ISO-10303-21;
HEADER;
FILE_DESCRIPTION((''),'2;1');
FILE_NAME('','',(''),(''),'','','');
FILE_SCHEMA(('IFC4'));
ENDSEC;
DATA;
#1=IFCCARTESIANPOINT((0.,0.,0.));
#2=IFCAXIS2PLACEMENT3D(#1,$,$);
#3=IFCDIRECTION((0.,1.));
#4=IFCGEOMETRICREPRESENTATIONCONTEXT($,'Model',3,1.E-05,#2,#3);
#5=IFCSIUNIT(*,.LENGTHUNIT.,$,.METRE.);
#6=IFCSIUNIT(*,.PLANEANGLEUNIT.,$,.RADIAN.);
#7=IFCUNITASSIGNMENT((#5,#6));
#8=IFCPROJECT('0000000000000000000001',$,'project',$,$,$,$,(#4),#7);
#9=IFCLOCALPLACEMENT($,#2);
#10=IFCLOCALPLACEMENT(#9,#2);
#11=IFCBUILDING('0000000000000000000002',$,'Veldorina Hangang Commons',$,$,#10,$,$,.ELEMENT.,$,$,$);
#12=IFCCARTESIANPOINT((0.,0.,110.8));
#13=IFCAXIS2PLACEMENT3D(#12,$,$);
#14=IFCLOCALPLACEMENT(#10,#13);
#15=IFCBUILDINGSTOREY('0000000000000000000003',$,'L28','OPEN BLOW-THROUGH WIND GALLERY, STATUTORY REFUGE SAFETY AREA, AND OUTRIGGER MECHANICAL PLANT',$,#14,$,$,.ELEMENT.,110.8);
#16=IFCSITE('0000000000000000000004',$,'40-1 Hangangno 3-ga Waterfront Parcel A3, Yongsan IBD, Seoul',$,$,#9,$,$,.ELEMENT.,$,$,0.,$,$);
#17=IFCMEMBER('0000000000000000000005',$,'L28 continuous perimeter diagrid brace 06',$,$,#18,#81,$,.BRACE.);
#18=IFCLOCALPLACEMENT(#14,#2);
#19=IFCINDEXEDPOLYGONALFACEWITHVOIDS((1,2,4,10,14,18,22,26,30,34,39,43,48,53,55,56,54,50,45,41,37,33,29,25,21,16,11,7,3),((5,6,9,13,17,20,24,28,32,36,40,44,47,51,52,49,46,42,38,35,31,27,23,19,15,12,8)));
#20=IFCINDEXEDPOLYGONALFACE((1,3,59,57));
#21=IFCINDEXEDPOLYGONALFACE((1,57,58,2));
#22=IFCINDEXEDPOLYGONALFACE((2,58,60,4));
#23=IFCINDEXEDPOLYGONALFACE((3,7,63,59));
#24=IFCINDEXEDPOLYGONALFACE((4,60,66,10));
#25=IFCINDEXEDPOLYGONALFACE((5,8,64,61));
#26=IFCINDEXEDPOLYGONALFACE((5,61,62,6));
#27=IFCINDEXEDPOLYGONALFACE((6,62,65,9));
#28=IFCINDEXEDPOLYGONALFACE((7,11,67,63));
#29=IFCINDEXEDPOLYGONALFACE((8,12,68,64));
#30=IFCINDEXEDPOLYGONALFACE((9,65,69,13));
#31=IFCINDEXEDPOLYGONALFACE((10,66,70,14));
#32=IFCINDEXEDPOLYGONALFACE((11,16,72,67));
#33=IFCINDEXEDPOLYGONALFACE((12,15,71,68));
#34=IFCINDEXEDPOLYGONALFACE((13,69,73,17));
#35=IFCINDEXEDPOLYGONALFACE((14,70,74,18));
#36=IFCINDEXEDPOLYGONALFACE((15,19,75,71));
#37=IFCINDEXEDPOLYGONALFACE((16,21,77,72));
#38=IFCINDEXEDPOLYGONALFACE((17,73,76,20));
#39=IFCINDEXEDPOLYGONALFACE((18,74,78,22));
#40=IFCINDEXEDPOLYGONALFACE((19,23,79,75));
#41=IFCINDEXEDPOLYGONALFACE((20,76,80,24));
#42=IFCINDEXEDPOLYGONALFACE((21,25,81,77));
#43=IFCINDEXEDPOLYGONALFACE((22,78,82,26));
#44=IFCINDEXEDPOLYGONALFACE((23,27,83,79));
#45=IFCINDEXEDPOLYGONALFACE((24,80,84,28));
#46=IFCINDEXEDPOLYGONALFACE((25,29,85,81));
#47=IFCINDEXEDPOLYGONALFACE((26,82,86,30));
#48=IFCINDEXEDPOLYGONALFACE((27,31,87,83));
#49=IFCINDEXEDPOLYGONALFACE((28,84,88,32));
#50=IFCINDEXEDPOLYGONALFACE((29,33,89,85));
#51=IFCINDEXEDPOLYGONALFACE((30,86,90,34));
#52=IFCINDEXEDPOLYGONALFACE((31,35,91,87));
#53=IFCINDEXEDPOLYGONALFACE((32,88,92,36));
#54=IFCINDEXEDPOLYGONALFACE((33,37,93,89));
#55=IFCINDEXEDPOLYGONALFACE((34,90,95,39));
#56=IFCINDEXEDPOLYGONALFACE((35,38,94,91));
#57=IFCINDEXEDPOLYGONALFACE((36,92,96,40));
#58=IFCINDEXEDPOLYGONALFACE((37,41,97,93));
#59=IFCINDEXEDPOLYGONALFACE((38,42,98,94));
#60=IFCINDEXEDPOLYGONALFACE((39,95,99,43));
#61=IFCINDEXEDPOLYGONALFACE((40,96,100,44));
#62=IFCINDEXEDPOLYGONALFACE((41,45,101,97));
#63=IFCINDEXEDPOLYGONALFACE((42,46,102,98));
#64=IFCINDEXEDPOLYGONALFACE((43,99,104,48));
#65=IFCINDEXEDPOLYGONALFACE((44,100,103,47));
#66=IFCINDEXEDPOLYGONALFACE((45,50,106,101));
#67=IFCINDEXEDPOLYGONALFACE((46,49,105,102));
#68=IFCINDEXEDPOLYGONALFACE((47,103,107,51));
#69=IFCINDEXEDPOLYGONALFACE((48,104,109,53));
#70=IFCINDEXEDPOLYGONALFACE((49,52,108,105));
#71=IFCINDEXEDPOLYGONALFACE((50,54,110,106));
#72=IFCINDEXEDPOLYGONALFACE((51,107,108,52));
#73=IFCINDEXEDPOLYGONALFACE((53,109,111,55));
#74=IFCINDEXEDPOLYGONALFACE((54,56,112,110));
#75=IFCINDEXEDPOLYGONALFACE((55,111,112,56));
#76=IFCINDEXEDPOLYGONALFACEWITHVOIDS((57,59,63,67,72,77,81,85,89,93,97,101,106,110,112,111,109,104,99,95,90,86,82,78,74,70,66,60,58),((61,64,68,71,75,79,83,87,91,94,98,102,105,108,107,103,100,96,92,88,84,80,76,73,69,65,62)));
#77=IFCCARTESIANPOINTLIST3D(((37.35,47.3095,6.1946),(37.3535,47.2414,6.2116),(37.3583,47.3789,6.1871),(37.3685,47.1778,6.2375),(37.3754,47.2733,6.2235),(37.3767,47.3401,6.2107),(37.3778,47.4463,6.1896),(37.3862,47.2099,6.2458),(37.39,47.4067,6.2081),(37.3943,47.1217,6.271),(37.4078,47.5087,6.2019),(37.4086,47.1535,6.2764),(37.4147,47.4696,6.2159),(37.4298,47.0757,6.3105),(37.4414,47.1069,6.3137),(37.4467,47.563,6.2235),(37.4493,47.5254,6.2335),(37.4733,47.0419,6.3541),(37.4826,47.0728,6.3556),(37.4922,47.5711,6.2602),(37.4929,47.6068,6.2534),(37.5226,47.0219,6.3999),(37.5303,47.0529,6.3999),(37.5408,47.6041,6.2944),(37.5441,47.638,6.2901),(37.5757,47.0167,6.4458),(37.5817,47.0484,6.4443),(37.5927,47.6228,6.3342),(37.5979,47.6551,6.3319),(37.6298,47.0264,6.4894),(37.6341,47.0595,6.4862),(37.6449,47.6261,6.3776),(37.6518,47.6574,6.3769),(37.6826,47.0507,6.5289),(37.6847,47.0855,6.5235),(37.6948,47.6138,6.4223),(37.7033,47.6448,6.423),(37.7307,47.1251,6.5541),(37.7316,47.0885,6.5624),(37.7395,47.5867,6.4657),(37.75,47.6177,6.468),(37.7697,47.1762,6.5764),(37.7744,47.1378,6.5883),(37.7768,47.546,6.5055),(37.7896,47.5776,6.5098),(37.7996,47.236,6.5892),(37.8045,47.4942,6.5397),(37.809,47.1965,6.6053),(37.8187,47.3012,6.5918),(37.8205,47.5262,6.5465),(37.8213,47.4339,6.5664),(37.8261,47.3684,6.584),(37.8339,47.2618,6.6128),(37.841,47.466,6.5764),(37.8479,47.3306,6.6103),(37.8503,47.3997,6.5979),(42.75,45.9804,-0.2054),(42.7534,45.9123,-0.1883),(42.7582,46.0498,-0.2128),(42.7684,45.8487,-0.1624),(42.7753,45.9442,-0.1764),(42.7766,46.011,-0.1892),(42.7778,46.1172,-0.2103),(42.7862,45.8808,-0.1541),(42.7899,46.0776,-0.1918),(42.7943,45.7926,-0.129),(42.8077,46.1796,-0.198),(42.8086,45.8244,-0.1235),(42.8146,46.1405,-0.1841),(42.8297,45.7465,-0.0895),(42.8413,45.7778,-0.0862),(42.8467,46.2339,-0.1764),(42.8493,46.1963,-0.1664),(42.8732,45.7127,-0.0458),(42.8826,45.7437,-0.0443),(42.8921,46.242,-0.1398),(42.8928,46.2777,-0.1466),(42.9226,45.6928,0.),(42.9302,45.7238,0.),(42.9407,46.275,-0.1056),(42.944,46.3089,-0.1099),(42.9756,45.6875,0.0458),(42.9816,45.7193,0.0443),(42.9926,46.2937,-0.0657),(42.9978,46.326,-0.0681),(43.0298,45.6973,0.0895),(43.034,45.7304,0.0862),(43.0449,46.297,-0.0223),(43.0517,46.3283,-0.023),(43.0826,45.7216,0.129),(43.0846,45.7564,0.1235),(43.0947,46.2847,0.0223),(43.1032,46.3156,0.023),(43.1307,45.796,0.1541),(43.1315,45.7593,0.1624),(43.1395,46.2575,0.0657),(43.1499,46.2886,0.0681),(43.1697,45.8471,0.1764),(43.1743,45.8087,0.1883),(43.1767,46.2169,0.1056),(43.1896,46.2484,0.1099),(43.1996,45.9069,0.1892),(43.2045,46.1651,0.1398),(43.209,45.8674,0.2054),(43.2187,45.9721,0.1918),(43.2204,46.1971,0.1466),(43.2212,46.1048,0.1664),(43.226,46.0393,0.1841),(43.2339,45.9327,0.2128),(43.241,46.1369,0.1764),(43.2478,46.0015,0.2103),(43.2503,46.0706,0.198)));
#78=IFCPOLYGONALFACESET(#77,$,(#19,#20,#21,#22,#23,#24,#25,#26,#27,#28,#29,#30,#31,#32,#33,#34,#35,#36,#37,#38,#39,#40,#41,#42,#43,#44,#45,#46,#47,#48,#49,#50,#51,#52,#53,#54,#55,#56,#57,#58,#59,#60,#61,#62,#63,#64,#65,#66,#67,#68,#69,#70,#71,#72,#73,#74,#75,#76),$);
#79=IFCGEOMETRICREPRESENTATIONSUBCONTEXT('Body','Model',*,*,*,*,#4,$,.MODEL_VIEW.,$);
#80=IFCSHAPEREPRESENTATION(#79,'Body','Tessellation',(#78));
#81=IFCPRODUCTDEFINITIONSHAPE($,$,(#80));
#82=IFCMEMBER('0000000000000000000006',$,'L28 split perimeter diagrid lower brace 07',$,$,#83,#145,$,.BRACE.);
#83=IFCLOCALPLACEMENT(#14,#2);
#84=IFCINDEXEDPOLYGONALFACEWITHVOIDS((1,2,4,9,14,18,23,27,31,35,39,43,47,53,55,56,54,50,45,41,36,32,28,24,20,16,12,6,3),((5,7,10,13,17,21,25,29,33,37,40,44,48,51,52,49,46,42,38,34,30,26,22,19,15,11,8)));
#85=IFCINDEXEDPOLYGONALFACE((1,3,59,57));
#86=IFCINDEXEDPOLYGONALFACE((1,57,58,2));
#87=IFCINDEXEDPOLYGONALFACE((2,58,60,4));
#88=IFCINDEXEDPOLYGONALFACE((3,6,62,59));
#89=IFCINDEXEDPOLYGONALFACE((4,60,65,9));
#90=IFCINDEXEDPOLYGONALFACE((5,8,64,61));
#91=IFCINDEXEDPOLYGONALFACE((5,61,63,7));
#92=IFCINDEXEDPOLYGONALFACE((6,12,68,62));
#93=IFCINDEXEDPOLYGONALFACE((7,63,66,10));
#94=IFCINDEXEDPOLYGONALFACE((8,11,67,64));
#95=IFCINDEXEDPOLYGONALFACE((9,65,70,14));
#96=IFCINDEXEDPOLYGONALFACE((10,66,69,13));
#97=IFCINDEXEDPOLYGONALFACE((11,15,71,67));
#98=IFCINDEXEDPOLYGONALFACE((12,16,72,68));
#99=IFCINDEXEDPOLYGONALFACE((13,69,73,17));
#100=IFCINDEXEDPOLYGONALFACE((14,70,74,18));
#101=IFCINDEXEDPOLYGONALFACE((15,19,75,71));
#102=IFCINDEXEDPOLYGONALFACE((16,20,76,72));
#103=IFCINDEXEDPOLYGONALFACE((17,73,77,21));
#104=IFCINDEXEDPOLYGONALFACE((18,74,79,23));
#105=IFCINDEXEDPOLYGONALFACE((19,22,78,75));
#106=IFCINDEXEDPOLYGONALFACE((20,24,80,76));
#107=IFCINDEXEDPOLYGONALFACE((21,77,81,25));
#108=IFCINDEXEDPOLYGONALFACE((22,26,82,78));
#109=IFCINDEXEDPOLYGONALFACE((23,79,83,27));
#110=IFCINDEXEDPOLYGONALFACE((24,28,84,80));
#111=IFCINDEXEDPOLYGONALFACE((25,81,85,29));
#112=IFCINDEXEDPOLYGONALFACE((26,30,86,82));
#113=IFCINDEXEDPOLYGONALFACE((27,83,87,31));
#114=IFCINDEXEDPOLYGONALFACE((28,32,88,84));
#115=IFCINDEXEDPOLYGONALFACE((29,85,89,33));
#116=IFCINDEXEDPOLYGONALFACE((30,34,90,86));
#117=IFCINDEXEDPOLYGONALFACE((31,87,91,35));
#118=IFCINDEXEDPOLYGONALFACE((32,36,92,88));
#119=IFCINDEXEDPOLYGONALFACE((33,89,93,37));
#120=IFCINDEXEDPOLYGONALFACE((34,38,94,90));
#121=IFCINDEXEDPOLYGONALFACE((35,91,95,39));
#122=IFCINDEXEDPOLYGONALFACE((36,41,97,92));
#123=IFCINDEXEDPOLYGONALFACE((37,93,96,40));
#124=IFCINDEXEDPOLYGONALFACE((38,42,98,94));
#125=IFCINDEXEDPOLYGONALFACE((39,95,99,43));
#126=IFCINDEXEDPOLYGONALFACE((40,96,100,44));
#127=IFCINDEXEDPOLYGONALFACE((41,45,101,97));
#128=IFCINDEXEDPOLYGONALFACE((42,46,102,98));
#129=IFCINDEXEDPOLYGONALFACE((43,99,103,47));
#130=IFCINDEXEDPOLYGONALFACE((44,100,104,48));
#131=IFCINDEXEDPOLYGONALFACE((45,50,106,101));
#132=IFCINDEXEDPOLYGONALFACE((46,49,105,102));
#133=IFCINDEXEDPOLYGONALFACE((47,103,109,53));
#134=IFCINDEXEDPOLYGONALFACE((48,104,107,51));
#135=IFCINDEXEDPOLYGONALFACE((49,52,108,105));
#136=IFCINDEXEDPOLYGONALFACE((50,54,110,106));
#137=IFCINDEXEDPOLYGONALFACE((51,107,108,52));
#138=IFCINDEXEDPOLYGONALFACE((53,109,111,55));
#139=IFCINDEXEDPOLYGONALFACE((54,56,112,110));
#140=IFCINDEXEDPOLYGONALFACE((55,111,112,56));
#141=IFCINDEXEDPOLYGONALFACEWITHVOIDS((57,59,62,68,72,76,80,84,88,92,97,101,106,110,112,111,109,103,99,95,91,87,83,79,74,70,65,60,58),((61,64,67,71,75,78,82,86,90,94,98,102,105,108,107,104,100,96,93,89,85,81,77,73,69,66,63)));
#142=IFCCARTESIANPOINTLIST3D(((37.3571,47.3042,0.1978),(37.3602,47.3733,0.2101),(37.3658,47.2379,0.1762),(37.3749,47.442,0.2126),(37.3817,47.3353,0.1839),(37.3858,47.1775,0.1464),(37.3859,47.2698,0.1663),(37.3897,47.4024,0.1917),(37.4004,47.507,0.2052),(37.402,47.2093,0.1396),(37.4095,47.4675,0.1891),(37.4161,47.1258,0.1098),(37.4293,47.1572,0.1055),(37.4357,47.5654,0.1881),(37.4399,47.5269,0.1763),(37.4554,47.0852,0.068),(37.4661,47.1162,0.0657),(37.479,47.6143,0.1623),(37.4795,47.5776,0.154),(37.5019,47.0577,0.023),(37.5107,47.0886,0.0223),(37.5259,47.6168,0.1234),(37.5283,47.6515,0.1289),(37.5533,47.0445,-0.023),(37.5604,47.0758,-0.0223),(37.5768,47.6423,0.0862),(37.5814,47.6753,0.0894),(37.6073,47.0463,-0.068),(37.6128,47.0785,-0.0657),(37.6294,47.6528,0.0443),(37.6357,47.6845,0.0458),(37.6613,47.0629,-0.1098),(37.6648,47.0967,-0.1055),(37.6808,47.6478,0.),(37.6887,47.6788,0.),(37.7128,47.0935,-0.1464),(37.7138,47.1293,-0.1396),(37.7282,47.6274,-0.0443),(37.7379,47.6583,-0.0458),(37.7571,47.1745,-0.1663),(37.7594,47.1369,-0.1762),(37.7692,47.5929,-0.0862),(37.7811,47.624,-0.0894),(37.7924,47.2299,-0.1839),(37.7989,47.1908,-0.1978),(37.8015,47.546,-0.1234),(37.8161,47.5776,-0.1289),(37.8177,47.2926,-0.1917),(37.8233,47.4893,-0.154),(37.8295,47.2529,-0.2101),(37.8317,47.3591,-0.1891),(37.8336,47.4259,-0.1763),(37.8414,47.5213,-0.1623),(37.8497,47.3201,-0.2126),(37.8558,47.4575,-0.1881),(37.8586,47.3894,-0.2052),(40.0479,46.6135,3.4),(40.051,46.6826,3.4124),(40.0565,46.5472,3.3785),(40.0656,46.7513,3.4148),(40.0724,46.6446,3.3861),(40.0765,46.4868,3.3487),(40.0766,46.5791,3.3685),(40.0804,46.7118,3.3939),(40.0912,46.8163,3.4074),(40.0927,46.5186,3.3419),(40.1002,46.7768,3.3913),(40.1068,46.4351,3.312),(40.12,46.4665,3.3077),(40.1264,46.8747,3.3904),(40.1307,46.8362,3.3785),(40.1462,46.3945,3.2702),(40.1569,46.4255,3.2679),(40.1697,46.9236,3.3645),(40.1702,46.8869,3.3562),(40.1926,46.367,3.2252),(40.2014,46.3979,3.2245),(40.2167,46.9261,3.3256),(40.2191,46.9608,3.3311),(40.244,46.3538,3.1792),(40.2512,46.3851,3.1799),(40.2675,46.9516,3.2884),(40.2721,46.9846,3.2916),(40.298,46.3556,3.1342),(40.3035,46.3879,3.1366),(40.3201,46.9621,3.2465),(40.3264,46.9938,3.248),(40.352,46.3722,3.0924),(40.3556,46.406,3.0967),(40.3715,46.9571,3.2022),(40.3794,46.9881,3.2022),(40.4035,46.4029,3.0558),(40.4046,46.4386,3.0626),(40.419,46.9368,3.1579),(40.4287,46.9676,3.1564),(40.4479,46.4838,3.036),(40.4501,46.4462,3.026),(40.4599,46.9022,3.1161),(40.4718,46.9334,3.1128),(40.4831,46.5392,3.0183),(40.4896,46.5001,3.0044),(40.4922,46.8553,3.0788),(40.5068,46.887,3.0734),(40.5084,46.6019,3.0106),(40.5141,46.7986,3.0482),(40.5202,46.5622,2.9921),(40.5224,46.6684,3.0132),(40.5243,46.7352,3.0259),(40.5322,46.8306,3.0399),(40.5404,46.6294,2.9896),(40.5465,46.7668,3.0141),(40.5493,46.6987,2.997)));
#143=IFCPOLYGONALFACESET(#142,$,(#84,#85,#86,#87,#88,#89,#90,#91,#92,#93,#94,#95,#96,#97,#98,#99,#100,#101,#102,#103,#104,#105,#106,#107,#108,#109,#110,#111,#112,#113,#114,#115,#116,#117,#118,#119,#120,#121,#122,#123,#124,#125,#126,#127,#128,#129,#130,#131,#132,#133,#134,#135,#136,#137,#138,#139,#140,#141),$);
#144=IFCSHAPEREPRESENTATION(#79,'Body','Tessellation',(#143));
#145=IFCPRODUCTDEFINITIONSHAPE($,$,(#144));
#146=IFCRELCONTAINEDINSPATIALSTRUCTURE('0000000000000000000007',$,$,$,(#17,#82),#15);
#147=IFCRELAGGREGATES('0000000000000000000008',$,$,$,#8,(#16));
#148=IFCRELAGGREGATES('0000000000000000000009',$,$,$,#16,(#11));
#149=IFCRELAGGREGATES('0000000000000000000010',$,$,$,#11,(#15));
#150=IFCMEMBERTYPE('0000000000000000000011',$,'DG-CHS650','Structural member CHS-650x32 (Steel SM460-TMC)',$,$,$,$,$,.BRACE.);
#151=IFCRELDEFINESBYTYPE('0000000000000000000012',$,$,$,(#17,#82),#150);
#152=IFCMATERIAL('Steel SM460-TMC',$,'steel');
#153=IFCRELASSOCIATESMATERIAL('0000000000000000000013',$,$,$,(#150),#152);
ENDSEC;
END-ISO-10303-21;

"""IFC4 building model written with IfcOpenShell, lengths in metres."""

from ifc_helpers import new_model, si_unit, direction, frame, origin, origin_2d, place, context, subcontext, project, spatial, hollow_circle, extrude, material, material_profile, profile_set, type_object, element, save


model = new_model("IFC4")

# Units and contexts
model_context = context("Model", 3, precision=1e-05, world=origin(), true_north=direction((0.0, 1.0)))
body_context = subcontext(model_context, "Body", "Model", "MODEL_VIEW")
ifc_project = project(units=[si_unit("LENGTHUNIT", "METRE"), si_unit("PLANEANGLEUNIT", "RADIAN")], contexts=[model_context])

# Site, building, storey
site_placement = place(None, origin())
site = spatial("IfcSite", under=ifc_project, at=site_placement, Name="40-1 Hangangno 3-ga Waterfront Parcel A3, Yongsan IBD, Seoul", CompositionType="ELEMENT", RefElevation=0.0)
building_placement = place(site_placement, origin())
building = spatial("IfcBuilding", under=site, at=building_placement, Name="Veldorina Hangang Commons", CompositionType="ELEMENT")
storey_placement = place(building_placement, frame((0.0, 0.0, 110.8)))
storey = spatial("IfcBuildingStorey", under=building, at=storey_placement, Name="L28", Description="OPEN BLOW-THROUGH WIND GALLERY, STATUTORY REFUGE SAFETY AREA, AND OUTRIGGER MECHANICAL PLANT", CompositionType="ELEMENT", Elevation=110.8)

# Shared definitions
ifc_material_1 = material(Name="Steel SM460-TMC", Category="steel")

# Members
ifc_material_profile_1 = material_profile(ifc_material_1, hollow_circle(Radius=0.325, WallThickness=0.032, at=origin_2d()), Name="CHS-650x32")
ifc_profile_set_1 = profile_set([ifc_material_profile_1], Name="Steel SM460-TMC")
member_type_1 = type_object("IfcMemberType", Name="DG-CHS650", Description="Structural member CHS-650x32 (Steel SM460-TMC)", PredefinedType="BRACE", material=ifc_profile_set_1)
member_1_placement = place(storey_placement, frame((43.0002, 46.0083, 0.0), z_axis=(-0.636897, 0.156762, 0.754843), x_axis=(-0.239001, -0.971019, 0.0)))
element("IfcMember", 1, at=member_1_placement, inside=storey, type_object=member_type_1, Name="L28 continuous perimeter diagrid brace 06", PredefinedType="BRACE", context=body_context, shape_type="SweptSolid", body=[
    extrude(hollow_circle(Radius=0.325, WallThickness=0.032, at=origin_2d()), origin(), (0.0, 0.0, 1.0), 8.4785),
])
member_2_placement = place(storey_placement, frame((37.6079, 47.364, 0.0), z_axis=(0.634718, -0.162927, 0.755373), x_axis=(0.248631, 0.968598, 0.0)))
element("IfcMember", 2, at=member_2_placement, inside=storey, type_object=member_type_1, Name="L28 split perimeter diagrid lower brace 07", PredefinedType="BRACE", context=body_context, shape_type="SweptSolid", body=[
    extrude(hollow_circle(Radius=0.325, WallThickness=0.032, at=origin_2d()), origin(), (0.0, 0.0, 1.0), 4.2393),
])

save(model, "model.ifc")
